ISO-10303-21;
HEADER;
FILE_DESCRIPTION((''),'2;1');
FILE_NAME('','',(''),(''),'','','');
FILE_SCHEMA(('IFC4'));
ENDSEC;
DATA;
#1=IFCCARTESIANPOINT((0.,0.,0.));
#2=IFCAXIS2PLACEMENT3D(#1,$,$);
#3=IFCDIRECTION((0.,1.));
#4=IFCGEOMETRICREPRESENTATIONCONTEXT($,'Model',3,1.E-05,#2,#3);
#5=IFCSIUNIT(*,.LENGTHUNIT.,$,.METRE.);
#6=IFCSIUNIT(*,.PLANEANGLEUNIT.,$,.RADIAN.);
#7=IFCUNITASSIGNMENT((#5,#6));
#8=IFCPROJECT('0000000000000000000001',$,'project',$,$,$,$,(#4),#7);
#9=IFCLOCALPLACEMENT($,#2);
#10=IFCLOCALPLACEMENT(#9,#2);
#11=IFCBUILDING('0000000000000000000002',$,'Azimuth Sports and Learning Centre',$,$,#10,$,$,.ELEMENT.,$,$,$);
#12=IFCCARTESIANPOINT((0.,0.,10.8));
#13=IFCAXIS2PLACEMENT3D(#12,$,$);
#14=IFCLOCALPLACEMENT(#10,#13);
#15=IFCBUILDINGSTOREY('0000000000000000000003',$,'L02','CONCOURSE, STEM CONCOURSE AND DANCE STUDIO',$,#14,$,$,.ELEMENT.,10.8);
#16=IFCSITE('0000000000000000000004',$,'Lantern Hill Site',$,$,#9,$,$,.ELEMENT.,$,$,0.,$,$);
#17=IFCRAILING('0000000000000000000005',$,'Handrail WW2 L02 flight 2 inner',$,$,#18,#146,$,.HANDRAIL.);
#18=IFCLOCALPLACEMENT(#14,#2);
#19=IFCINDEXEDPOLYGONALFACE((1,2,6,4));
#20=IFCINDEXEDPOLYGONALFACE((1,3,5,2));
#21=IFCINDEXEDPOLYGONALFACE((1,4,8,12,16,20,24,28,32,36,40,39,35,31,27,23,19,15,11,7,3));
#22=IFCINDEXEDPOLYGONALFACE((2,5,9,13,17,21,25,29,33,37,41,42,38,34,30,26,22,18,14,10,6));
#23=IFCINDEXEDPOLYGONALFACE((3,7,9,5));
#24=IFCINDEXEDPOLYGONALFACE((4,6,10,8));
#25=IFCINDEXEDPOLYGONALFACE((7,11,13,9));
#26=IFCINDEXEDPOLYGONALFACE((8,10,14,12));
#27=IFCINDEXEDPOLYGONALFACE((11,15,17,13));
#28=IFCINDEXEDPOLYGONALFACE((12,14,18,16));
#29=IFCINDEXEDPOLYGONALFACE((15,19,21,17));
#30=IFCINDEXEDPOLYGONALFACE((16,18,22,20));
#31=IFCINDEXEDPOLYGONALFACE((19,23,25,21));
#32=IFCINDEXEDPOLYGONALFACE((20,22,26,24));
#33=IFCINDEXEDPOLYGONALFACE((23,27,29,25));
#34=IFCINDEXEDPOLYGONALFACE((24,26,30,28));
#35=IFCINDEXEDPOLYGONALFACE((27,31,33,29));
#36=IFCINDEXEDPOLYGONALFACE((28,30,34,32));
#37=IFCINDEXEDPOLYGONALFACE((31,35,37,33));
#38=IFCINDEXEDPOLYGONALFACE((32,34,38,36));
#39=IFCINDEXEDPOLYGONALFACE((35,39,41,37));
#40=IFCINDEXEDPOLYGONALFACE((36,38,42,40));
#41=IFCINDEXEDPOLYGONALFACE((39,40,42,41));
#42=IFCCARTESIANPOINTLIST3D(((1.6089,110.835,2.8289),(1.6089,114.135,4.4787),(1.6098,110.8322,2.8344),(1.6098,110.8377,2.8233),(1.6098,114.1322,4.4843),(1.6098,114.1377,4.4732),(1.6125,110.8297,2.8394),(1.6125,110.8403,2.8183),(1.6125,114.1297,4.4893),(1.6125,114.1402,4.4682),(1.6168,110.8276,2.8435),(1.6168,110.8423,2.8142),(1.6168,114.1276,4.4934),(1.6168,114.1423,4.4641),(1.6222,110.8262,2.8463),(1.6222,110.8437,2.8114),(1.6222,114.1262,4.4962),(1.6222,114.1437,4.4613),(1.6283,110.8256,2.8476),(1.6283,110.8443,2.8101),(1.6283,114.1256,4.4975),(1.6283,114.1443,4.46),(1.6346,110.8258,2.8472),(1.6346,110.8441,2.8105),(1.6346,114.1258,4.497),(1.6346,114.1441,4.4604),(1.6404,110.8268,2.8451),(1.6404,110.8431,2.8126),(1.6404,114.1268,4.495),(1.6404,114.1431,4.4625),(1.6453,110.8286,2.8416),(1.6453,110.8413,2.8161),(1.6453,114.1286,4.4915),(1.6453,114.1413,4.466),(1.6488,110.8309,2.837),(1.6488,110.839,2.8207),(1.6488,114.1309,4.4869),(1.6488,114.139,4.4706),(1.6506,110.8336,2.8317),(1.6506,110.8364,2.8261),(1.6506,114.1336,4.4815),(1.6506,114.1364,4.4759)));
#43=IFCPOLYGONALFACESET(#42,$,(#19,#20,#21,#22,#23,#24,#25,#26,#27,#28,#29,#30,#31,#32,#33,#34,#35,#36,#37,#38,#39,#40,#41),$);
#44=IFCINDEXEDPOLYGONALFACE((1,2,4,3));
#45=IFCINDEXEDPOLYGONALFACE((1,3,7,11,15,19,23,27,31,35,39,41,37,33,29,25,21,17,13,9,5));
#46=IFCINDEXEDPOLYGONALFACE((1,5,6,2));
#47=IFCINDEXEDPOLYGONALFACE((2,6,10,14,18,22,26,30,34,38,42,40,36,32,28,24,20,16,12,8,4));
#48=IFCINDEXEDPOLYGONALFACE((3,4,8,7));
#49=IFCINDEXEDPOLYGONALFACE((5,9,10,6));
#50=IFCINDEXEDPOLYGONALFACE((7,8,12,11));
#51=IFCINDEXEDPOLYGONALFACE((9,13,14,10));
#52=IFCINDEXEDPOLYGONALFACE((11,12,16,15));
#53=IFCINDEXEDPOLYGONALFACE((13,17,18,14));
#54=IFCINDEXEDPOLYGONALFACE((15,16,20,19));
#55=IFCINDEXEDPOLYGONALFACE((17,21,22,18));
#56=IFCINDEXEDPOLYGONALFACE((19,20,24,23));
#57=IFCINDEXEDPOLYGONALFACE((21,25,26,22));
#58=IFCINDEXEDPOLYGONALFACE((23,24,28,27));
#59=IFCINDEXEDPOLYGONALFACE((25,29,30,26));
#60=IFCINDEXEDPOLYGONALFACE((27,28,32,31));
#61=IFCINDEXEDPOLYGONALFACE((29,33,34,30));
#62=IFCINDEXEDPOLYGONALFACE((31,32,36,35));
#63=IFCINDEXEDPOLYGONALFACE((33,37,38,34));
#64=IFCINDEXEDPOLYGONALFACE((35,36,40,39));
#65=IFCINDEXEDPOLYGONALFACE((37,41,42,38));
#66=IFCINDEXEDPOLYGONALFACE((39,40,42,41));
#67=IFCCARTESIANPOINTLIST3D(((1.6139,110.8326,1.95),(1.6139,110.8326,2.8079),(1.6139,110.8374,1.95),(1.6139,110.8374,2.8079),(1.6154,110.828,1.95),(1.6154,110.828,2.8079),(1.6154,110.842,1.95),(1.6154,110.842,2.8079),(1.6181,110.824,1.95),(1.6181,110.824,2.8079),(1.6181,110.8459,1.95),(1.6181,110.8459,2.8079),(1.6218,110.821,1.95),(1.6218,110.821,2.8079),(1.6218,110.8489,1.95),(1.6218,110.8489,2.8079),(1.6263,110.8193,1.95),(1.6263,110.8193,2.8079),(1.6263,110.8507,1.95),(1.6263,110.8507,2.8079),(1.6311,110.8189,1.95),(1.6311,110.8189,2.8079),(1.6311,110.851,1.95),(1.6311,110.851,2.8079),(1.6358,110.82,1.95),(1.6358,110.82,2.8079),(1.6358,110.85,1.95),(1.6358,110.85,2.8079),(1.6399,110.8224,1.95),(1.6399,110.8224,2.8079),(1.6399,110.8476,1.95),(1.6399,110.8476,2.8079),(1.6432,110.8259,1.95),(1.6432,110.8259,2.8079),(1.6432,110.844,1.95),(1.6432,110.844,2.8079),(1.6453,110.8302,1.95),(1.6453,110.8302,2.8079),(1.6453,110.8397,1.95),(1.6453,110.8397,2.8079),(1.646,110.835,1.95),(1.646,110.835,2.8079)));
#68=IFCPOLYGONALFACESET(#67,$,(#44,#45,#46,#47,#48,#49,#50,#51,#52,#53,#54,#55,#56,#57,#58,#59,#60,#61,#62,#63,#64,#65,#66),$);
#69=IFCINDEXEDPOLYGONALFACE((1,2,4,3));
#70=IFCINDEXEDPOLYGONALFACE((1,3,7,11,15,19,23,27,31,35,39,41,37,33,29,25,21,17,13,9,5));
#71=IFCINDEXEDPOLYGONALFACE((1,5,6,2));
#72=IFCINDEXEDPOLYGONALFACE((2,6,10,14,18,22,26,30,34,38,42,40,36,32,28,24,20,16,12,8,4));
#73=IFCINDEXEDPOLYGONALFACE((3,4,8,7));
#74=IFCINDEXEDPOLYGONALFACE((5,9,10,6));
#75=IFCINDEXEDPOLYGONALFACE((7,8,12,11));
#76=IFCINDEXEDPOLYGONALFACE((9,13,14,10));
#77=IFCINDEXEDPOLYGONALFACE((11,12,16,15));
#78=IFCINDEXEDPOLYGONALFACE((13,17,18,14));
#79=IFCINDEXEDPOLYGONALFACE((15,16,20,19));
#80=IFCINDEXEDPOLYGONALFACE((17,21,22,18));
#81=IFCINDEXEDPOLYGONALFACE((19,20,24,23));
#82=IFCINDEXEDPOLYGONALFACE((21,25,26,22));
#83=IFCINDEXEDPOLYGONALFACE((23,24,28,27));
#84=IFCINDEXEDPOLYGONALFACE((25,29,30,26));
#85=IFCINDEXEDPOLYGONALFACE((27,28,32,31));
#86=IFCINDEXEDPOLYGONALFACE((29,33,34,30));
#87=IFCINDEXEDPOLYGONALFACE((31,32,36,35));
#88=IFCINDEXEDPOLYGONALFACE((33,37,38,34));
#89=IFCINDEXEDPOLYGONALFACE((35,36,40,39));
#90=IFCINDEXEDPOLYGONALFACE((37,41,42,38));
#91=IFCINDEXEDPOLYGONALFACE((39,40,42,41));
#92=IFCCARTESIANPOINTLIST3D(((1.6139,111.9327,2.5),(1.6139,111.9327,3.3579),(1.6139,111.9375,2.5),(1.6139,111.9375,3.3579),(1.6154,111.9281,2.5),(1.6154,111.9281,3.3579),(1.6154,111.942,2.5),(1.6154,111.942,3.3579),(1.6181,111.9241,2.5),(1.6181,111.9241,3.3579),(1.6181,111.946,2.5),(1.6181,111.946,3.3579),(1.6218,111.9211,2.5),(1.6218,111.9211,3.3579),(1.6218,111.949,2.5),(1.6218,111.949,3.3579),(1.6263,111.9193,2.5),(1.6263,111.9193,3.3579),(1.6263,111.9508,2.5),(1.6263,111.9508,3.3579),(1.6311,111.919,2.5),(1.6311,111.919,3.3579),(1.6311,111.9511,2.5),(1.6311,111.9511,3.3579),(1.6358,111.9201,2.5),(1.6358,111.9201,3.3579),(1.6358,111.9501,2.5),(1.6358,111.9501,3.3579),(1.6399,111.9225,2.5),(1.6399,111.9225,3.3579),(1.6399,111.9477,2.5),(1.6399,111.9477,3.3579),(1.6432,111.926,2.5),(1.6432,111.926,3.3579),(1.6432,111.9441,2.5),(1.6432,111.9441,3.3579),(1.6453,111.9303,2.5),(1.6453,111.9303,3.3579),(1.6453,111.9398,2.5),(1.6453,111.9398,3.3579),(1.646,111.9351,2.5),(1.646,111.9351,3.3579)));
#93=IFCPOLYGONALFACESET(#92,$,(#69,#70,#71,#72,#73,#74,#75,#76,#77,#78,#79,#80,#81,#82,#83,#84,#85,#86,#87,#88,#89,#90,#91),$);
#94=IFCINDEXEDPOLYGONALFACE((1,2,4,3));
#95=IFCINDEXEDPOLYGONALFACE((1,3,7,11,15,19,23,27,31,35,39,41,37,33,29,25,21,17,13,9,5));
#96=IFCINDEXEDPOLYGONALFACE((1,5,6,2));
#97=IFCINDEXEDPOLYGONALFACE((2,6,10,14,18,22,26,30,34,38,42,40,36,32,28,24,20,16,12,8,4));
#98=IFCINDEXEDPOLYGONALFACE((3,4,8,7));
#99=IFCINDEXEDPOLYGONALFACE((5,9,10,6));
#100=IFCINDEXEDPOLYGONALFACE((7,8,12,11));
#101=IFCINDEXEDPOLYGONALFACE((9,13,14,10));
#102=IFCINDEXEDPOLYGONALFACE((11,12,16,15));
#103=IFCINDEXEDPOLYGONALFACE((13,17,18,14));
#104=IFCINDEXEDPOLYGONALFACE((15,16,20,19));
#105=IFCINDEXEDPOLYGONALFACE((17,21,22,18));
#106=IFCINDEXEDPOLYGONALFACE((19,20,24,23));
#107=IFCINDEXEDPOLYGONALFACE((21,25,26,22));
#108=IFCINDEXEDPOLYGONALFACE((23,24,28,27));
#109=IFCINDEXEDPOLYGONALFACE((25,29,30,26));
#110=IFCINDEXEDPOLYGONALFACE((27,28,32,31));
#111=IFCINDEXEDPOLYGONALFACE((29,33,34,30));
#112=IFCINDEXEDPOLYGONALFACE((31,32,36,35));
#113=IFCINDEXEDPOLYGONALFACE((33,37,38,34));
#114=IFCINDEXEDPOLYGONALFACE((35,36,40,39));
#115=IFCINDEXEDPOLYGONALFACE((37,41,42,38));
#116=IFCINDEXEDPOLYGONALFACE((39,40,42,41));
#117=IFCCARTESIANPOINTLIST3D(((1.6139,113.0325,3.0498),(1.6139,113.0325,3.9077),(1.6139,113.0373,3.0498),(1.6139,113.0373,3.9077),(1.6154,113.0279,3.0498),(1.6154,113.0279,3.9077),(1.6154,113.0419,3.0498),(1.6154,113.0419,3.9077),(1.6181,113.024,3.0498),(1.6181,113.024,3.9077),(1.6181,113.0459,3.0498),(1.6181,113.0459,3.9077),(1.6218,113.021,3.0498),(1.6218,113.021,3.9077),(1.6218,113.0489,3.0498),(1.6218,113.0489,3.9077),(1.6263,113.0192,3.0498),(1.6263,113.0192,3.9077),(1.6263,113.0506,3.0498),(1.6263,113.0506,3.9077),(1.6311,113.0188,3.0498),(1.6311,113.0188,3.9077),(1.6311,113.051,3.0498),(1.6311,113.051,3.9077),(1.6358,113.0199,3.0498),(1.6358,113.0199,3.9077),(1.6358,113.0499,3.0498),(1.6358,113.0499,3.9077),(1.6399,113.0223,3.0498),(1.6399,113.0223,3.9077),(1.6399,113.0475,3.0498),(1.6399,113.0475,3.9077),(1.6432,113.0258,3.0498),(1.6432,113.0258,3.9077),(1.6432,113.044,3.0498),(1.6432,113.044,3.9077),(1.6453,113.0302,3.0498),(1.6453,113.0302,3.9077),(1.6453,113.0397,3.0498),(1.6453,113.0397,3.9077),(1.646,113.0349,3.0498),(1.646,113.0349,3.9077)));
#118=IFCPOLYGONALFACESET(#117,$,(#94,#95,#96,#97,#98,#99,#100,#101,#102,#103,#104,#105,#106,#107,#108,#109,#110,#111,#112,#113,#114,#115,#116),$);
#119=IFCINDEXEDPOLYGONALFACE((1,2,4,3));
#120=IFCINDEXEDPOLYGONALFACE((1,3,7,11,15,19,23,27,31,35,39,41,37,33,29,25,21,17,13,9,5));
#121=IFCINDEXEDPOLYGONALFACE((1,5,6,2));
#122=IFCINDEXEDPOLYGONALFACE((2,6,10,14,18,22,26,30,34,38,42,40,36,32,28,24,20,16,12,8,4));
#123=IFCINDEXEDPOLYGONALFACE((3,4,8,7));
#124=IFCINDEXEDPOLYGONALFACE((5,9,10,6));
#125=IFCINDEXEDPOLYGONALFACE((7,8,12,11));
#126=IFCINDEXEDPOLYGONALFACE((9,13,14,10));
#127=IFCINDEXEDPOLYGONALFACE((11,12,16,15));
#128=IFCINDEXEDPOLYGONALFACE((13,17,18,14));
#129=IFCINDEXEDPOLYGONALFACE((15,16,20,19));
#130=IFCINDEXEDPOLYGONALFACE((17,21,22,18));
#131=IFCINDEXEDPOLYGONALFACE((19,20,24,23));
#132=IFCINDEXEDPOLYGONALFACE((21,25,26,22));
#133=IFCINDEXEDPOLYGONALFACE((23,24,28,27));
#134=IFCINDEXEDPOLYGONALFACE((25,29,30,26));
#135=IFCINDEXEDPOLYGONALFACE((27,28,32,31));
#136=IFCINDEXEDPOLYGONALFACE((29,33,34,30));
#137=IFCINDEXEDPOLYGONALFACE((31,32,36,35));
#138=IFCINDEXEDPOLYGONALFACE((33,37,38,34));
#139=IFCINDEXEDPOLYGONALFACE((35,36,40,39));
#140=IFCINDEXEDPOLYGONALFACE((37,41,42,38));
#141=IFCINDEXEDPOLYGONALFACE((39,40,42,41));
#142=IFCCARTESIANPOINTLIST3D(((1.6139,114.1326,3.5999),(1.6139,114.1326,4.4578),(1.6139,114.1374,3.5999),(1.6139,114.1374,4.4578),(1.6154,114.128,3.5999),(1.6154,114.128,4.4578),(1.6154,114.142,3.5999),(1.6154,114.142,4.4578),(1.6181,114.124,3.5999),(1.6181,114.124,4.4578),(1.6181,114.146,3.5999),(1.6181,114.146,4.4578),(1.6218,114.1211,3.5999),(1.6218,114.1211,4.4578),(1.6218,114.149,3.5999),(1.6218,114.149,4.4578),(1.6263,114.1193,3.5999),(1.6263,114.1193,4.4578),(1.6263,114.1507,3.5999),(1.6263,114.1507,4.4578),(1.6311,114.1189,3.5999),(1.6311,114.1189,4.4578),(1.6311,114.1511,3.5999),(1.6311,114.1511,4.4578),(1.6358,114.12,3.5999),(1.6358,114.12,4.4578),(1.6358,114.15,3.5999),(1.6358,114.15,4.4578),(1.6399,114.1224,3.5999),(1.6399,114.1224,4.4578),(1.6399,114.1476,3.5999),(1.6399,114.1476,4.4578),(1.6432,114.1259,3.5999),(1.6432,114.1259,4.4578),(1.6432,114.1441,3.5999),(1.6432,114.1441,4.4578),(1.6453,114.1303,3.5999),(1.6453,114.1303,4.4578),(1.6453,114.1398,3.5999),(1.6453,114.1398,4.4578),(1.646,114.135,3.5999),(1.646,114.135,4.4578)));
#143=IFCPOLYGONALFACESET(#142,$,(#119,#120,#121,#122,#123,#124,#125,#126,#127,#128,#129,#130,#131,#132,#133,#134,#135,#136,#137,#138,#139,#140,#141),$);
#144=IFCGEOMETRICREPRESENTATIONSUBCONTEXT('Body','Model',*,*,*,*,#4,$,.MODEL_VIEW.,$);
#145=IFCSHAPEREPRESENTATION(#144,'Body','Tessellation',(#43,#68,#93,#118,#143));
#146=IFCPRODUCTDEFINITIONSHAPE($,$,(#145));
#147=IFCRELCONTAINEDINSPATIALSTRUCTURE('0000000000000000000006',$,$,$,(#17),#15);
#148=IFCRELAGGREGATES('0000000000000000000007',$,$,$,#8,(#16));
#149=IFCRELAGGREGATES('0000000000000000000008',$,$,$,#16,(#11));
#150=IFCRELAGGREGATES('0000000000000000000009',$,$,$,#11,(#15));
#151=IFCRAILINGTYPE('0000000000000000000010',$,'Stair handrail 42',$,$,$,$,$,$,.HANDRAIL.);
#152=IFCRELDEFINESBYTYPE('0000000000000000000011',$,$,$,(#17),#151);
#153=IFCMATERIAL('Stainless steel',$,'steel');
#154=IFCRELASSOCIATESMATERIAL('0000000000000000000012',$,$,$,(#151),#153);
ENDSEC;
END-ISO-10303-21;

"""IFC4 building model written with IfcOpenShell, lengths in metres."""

from ifc_helpers import new_model, si_unit, direction, frame, origin, origin_2d, place, context, subcontext, project, spatial, circle, extrude, material, type_object, element, save


model = new_model("IFC4")

# Units and contexts
model_context = context("Model", 3, precision=1e-05, world=origin(), true_north=direction((0.0, 1.0)))
body_context = subcontext(model_context, "Body", "Model", "MODEL_VIEW")
ifc_project = project(units=[si_unit("LENGTHUNIT", "METRE"), si_unit("PLANEANGLEUNIT", "RADIAN")], contexts=[model_context])

# Site, building, storey
site_placement = place(None, origin())
site = spatial("IfcSite", under=ifc_project, at=site_placement, Name="Lantern Hill Site", CompositionType="ELEMENT", RefElevation=0.0)
building_placement = place(site_placement, origin())
building = spatial("IfcBuilding", under=site, at=building_placement, Name="Azimuth Sports and Learning Centre", CompositionType="ELEMENT")
storey_placement = place(building_placement, frame((0.0, 0.0, 10.8)))
storey = spatial("IfcBuildingStorey", under=building, at=storey_placement, Name="L02", Description="CONCOURSE, STEM CONCOURSE AND DANCE STUDIO", CompositionType="ELEMENT", Elevation=10.8)

# Railing
ifc_material_1 = material(Name="Stainless steel", Category="steel")
railing_type_1 = type_object("IfcRailingType", Name="Stair handrail 42", PredefinedType="HANDRAIL", material=ifc_material_1)
for number, where, name in (
    (1, (1.6299, 110.835, 1.95), "Handrail WW2 L02 flight 2 inner"),
):
    element("IfcRailing", number, at=place(storey_placement, frame(where)), inside=storey, type_object=railing_type_1, Name=name, PredefinedType="HANDRAIL", context=body_context, shape_type="SweptSolid", body=[
        extrude(circle(Radius=0.021, at=origin_2d()), frame((0.0, 0.0, 0.8789), z_axis=(0.0, 0.89444, 0.447187), x_axis=(-1.0, 0.0, 0.0)), (0.0, 0.0, 1.0), 3.6895),
        extrude(circle(Radius=0.0161, at=origin_2d()), origin(), (0.0, 0.0, 1.0), 0.8579),
        extrude(circle(Radius=0.0161, at=origin_2d()), frame((0.0, 1.1001, 0.55)), (0.0, 0.0, 1.0), 0.8579),
        extrude(circle(Radius=0.0161, at=origin_2d()), frame((0.0, 2.2, 1.0999)), (0.0, 0.0, 1.0), 0.8579),
        extrude(circle(Radius=0.0161, at=origin_2d()), frame((0.0, 3.3, 1.6499)), (0.0, 0.0, 1.0), 0.8579),
    ])

save(model, "model.ifc")
